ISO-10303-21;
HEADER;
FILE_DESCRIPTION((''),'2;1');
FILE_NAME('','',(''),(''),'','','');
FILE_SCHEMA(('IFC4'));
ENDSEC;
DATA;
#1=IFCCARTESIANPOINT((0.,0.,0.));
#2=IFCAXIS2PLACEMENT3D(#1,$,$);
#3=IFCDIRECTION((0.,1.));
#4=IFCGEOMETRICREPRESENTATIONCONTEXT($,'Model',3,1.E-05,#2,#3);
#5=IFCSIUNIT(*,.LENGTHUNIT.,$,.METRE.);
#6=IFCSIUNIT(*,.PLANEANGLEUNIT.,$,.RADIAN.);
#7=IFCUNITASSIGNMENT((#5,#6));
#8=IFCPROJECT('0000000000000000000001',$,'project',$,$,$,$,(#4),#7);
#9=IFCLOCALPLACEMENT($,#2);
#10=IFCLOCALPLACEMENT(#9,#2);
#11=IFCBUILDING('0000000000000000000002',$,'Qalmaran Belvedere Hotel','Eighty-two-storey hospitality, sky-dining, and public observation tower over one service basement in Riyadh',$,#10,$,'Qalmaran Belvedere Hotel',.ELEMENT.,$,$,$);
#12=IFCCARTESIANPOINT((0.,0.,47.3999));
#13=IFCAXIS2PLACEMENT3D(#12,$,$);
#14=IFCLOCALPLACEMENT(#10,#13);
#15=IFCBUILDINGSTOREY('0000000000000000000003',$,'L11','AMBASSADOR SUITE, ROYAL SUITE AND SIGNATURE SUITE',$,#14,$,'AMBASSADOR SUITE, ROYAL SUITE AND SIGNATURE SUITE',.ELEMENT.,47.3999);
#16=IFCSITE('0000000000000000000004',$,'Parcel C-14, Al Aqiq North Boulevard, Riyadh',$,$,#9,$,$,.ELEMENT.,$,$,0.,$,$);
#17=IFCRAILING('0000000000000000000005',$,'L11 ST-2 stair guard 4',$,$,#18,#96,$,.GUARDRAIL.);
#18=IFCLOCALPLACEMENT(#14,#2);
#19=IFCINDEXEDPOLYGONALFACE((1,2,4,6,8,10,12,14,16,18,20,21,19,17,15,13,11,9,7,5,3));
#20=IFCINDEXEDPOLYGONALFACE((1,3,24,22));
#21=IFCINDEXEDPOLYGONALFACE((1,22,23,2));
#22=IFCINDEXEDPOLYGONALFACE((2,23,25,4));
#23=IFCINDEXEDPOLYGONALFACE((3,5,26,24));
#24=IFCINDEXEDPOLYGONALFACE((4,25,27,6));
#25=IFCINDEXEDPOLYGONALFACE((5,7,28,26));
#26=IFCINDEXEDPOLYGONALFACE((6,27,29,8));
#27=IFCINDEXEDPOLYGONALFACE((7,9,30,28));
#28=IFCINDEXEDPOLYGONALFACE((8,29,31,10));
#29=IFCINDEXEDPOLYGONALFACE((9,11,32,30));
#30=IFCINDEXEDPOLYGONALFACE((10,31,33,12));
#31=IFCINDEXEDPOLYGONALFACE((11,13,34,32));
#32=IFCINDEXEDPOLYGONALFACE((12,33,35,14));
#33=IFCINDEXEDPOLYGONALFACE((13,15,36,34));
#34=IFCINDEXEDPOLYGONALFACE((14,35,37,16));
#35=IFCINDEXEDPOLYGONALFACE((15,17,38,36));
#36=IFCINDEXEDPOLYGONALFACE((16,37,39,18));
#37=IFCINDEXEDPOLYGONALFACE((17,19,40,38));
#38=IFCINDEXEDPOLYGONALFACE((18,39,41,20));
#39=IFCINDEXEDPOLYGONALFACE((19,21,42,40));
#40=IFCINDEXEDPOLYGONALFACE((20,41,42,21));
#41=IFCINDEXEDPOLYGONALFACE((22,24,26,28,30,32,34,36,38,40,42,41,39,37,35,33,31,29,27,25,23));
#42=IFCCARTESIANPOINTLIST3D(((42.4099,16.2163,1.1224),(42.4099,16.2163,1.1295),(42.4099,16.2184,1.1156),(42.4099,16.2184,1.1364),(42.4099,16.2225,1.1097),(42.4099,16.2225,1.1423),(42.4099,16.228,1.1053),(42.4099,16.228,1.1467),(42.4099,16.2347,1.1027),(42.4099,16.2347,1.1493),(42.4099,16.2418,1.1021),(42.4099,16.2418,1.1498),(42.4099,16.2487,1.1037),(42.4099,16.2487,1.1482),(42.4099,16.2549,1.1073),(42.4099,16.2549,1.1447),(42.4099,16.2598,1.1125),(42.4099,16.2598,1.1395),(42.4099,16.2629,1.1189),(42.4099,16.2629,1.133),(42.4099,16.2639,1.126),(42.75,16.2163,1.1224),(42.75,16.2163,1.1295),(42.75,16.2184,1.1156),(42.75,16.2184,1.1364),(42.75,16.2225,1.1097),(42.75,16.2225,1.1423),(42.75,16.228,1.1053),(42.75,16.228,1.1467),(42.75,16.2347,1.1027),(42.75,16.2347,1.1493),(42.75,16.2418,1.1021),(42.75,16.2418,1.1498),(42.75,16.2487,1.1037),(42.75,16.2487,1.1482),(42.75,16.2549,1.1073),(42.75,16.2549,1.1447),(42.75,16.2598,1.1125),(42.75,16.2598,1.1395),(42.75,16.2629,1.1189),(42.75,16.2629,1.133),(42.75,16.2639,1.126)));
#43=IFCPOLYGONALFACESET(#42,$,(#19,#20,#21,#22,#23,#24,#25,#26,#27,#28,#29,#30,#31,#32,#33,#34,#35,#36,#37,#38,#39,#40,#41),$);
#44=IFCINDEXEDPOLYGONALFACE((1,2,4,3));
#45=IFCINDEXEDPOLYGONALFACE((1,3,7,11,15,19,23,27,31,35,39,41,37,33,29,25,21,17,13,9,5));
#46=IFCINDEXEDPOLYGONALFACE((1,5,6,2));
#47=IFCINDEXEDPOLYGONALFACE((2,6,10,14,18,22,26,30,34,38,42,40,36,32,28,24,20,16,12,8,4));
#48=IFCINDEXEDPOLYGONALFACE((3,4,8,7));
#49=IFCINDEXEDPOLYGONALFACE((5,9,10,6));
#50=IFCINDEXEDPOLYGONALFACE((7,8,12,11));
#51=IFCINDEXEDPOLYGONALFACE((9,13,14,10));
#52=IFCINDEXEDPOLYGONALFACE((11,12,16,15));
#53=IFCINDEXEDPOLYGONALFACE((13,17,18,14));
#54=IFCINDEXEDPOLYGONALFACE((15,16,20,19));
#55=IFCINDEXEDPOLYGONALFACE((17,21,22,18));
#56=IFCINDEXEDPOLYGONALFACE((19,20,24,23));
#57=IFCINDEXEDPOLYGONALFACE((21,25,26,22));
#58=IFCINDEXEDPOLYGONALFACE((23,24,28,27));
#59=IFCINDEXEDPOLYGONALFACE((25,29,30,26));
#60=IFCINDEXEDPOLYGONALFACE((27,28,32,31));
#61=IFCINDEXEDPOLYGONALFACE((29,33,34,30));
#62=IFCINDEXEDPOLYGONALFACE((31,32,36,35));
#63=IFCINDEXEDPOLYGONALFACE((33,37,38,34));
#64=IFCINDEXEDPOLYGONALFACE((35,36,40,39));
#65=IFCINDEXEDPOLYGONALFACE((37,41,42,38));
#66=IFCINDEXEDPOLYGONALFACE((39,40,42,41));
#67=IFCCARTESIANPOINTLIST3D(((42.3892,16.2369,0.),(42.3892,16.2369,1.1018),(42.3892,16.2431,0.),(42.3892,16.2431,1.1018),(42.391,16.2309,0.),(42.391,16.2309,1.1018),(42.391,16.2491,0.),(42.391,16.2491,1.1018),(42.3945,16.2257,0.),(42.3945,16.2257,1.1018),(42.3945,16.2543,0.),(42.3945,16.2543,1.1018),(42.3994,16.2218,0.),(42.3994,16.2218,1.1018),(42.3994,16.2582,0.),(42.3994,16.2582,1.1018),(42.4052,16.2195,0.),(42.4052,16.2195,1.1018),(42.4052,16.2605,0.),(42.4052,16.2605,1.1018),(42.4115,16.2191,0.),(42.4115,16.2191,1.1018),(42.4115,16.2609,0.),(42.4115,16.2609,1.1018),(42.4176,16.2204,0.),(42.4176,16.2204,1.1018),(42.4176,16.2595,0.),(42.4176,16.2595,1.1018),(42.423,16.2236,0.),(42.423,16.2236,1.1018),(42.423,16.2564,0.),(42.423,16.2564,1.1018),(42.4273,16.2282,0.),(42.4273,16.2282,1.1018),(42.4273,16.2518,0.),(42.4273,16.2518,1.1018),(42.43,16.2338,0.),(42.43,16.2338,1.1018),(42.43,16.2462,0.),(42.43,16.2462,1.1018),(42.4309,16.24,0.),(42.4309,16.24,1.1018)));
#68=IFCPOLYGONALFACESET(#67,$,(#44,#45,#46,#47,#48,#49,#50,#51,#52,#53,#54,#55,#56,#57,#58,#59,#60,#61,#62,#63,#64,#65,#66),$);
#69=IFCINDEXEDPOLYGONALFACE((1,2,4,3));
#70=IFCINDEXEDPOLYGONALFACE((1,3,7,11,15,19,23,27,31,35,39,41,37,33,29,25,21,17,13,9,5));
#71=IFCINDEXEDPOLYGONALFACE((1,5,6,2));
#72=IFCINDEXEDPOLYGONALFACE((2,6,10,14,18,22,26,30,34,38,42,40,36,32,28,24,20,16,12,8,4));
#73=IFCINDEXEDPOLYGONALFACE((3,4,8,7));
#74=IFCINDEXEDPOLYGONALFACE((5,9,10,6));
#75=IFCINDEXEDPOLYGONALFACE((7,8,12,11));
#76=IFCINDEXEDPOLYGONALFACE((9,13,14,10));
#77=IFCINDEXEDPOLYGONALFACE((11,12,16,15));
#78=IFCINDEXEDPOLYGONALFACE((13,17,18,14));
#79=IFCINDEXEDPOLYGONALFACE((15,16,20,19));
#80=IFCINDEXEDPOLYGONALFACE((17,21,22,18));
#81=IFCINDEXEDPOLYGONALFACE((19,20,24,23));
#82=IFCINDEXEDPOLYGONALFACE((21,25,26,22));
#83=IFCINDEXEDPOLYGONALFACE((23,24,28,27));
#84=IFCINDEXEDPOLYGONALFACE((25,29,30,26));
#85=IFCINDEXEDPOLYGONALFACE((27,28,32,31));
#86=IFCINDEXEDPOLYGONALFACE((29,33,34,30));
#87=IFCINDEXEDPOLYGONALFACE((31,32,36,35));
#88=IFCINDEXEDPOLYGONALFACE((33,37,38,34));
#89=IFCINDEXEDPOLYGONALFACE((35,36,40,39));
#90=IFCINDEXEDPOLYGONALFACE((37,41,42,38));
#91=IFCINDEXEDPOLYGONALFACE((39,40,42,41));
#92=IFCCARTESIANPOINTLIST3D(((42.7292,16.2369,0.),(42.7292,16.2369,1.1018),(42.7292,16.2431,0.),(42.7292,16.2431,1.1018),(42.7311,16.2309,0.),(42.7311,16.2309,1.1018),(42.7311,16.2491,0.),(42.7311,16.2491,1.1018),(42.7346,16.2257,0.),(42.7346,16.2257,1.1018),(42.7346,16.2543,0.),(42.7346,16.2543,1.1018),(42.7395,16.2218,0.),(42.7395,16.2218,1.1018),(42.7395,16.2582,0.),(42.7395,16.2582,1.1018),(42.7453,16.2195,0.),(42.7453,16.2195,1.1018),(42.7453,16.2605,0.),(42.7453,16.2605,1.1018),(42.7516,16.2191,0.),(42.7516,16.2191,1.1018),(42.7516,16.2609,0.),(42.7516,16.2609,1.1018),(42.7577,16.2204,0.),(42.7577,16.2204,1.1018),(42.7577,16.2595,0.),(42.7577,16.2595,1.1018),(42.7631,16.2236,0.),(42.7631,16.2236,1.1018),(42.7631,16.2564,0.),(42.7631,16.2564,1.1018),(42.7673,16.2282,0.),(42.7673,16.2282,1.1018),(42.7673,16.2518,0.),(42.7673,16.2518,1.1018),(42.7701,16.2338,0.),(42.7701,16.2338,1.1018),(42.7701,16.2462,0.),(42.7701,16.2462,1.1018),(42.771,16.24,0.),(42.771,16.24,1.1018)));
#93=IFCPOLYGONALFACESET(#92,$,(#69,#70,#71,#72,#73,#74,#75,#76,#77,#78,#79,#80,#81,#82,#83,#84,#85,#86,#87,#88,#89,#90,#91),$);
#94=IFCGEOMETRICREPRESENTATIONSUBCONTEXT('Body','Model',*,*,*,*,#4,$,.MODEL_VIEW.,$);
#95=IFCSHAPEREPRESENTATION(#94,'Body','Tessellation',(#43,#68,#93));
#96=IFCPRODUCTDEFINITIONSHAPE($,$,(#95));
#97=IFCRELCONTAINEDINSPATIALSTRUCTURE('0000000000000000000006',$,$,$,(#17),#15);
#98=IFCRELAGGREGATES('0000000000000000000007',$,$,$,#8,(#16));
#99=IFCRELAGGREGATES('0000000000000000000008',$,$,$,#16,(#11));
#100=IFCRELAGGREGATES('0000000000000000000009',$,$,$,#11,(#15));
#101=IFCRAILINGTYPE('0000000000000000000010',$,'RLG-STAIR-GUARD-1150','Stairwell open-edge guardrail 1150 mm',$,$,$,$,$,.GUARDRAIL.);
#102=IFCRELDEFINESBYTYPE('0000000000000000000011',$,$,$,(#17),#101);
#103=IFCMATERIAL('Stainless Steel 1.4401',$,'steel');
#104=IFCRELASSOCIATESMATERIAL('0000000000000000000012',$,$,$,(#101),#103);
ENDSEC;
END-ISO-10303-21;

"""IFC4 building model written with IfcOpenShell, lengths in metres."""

from ifc_helpers import new_model, si_unit, direction, frame, origin, origin_2d, place, context, subcontext, project, spatial, circle, extrude, material, type_object, element, save


model = new_model("IFC4")

# Units and contexts
model_context = context("Model", 3, precision=1e-05, world=origin(), true_north=direction((0.0, 1.0)))
body_context = subcontext(model_context, "Body", "Model", "MODEL_VIEW")
ifc_project = project(units=[si_unit("LENGTHUNIT", "METRE"), si_unit("PLANEANGLEUNIT", "RADIAN")], contexts=[model_context])

# Site, building, storey
site_placement = place(None, origin())
site = spatial("IfcSite", under=ifc_project, at=site_placement, Name="Parcel C-14, Al Aqiq North Boulevard, Riyadh", CompositionType="ELEMENT", RefElevation=0.0)
building_placement = place(site_placement, origin())
building = spatial("IfcBuilding", under=site, at=building_placement, Name="Qalmaran Belvedere Hotel", Description="Eighty-two-storey hospitality, sky-dining, and public observation tower over one service basement in Riyadh", LongName="Qalmaran Belvedere Hotel", CompositionType="ELEMENT")
storey_placement = place(building_placement, frame((0.0, 0.0, 47.3999)))
storey = spatial("IfcBuildingStorey", under=building, at=storey_placement, Name="L11", Description="AMBASSADOR SUITE, ROYAL SUITE AND SIGNATURE SUITE", LongName="AMBASSADOR SUITE, ROYAL SUITE AND SIGNATURE SUITE", CompositionType="ELEMENT", Elevation=47.3999)

# Shared definitions
ifc_material_1 = material(Name="Stainless Steel 1.4401", Category="steel")

# Railing
railing_type_1 = type_object("IfcRailingType", Name="RLG-STAIR-GUARD-1150", Description="Stairwell open-edge guardrail 1150 mm", PredefinedType="GUARDRAIL", material=ifc_material_1)
railing_1_placement = place(storey_placement, frame((42.4099, 16.24, 0.0)))
element("IfcRailing", 1, at=railing_1_placement, inside=storey, type_object=railing_type_1, Name="L11 ST-2 stair guard 4", PredefinedType="GUARDRAIL", context=body_context, shape_type="SweptSolid", body=[
    extrude(circle(Radius=0.0239, at=origin_2d()), frame((0.0, 0.0, 1.126), z_axis=(1.0, 0.0, 0.0), x_axis=(0.0, 1.0, 0.0)), (0.0, 0.0, 1.0), 0.3401),
    extrude(circle(Radius=0.021, at=origin_2d()), origin(), (0.0, 0.0, 1.0), 1.1018),
    extrude(circle(Radius=0.021, at=origin_2d()), frame((0.3401, 0.0, 0.0)), (0.0, 0.0, 1.0), 1.1018),
])

save(model, "model.ifc")
